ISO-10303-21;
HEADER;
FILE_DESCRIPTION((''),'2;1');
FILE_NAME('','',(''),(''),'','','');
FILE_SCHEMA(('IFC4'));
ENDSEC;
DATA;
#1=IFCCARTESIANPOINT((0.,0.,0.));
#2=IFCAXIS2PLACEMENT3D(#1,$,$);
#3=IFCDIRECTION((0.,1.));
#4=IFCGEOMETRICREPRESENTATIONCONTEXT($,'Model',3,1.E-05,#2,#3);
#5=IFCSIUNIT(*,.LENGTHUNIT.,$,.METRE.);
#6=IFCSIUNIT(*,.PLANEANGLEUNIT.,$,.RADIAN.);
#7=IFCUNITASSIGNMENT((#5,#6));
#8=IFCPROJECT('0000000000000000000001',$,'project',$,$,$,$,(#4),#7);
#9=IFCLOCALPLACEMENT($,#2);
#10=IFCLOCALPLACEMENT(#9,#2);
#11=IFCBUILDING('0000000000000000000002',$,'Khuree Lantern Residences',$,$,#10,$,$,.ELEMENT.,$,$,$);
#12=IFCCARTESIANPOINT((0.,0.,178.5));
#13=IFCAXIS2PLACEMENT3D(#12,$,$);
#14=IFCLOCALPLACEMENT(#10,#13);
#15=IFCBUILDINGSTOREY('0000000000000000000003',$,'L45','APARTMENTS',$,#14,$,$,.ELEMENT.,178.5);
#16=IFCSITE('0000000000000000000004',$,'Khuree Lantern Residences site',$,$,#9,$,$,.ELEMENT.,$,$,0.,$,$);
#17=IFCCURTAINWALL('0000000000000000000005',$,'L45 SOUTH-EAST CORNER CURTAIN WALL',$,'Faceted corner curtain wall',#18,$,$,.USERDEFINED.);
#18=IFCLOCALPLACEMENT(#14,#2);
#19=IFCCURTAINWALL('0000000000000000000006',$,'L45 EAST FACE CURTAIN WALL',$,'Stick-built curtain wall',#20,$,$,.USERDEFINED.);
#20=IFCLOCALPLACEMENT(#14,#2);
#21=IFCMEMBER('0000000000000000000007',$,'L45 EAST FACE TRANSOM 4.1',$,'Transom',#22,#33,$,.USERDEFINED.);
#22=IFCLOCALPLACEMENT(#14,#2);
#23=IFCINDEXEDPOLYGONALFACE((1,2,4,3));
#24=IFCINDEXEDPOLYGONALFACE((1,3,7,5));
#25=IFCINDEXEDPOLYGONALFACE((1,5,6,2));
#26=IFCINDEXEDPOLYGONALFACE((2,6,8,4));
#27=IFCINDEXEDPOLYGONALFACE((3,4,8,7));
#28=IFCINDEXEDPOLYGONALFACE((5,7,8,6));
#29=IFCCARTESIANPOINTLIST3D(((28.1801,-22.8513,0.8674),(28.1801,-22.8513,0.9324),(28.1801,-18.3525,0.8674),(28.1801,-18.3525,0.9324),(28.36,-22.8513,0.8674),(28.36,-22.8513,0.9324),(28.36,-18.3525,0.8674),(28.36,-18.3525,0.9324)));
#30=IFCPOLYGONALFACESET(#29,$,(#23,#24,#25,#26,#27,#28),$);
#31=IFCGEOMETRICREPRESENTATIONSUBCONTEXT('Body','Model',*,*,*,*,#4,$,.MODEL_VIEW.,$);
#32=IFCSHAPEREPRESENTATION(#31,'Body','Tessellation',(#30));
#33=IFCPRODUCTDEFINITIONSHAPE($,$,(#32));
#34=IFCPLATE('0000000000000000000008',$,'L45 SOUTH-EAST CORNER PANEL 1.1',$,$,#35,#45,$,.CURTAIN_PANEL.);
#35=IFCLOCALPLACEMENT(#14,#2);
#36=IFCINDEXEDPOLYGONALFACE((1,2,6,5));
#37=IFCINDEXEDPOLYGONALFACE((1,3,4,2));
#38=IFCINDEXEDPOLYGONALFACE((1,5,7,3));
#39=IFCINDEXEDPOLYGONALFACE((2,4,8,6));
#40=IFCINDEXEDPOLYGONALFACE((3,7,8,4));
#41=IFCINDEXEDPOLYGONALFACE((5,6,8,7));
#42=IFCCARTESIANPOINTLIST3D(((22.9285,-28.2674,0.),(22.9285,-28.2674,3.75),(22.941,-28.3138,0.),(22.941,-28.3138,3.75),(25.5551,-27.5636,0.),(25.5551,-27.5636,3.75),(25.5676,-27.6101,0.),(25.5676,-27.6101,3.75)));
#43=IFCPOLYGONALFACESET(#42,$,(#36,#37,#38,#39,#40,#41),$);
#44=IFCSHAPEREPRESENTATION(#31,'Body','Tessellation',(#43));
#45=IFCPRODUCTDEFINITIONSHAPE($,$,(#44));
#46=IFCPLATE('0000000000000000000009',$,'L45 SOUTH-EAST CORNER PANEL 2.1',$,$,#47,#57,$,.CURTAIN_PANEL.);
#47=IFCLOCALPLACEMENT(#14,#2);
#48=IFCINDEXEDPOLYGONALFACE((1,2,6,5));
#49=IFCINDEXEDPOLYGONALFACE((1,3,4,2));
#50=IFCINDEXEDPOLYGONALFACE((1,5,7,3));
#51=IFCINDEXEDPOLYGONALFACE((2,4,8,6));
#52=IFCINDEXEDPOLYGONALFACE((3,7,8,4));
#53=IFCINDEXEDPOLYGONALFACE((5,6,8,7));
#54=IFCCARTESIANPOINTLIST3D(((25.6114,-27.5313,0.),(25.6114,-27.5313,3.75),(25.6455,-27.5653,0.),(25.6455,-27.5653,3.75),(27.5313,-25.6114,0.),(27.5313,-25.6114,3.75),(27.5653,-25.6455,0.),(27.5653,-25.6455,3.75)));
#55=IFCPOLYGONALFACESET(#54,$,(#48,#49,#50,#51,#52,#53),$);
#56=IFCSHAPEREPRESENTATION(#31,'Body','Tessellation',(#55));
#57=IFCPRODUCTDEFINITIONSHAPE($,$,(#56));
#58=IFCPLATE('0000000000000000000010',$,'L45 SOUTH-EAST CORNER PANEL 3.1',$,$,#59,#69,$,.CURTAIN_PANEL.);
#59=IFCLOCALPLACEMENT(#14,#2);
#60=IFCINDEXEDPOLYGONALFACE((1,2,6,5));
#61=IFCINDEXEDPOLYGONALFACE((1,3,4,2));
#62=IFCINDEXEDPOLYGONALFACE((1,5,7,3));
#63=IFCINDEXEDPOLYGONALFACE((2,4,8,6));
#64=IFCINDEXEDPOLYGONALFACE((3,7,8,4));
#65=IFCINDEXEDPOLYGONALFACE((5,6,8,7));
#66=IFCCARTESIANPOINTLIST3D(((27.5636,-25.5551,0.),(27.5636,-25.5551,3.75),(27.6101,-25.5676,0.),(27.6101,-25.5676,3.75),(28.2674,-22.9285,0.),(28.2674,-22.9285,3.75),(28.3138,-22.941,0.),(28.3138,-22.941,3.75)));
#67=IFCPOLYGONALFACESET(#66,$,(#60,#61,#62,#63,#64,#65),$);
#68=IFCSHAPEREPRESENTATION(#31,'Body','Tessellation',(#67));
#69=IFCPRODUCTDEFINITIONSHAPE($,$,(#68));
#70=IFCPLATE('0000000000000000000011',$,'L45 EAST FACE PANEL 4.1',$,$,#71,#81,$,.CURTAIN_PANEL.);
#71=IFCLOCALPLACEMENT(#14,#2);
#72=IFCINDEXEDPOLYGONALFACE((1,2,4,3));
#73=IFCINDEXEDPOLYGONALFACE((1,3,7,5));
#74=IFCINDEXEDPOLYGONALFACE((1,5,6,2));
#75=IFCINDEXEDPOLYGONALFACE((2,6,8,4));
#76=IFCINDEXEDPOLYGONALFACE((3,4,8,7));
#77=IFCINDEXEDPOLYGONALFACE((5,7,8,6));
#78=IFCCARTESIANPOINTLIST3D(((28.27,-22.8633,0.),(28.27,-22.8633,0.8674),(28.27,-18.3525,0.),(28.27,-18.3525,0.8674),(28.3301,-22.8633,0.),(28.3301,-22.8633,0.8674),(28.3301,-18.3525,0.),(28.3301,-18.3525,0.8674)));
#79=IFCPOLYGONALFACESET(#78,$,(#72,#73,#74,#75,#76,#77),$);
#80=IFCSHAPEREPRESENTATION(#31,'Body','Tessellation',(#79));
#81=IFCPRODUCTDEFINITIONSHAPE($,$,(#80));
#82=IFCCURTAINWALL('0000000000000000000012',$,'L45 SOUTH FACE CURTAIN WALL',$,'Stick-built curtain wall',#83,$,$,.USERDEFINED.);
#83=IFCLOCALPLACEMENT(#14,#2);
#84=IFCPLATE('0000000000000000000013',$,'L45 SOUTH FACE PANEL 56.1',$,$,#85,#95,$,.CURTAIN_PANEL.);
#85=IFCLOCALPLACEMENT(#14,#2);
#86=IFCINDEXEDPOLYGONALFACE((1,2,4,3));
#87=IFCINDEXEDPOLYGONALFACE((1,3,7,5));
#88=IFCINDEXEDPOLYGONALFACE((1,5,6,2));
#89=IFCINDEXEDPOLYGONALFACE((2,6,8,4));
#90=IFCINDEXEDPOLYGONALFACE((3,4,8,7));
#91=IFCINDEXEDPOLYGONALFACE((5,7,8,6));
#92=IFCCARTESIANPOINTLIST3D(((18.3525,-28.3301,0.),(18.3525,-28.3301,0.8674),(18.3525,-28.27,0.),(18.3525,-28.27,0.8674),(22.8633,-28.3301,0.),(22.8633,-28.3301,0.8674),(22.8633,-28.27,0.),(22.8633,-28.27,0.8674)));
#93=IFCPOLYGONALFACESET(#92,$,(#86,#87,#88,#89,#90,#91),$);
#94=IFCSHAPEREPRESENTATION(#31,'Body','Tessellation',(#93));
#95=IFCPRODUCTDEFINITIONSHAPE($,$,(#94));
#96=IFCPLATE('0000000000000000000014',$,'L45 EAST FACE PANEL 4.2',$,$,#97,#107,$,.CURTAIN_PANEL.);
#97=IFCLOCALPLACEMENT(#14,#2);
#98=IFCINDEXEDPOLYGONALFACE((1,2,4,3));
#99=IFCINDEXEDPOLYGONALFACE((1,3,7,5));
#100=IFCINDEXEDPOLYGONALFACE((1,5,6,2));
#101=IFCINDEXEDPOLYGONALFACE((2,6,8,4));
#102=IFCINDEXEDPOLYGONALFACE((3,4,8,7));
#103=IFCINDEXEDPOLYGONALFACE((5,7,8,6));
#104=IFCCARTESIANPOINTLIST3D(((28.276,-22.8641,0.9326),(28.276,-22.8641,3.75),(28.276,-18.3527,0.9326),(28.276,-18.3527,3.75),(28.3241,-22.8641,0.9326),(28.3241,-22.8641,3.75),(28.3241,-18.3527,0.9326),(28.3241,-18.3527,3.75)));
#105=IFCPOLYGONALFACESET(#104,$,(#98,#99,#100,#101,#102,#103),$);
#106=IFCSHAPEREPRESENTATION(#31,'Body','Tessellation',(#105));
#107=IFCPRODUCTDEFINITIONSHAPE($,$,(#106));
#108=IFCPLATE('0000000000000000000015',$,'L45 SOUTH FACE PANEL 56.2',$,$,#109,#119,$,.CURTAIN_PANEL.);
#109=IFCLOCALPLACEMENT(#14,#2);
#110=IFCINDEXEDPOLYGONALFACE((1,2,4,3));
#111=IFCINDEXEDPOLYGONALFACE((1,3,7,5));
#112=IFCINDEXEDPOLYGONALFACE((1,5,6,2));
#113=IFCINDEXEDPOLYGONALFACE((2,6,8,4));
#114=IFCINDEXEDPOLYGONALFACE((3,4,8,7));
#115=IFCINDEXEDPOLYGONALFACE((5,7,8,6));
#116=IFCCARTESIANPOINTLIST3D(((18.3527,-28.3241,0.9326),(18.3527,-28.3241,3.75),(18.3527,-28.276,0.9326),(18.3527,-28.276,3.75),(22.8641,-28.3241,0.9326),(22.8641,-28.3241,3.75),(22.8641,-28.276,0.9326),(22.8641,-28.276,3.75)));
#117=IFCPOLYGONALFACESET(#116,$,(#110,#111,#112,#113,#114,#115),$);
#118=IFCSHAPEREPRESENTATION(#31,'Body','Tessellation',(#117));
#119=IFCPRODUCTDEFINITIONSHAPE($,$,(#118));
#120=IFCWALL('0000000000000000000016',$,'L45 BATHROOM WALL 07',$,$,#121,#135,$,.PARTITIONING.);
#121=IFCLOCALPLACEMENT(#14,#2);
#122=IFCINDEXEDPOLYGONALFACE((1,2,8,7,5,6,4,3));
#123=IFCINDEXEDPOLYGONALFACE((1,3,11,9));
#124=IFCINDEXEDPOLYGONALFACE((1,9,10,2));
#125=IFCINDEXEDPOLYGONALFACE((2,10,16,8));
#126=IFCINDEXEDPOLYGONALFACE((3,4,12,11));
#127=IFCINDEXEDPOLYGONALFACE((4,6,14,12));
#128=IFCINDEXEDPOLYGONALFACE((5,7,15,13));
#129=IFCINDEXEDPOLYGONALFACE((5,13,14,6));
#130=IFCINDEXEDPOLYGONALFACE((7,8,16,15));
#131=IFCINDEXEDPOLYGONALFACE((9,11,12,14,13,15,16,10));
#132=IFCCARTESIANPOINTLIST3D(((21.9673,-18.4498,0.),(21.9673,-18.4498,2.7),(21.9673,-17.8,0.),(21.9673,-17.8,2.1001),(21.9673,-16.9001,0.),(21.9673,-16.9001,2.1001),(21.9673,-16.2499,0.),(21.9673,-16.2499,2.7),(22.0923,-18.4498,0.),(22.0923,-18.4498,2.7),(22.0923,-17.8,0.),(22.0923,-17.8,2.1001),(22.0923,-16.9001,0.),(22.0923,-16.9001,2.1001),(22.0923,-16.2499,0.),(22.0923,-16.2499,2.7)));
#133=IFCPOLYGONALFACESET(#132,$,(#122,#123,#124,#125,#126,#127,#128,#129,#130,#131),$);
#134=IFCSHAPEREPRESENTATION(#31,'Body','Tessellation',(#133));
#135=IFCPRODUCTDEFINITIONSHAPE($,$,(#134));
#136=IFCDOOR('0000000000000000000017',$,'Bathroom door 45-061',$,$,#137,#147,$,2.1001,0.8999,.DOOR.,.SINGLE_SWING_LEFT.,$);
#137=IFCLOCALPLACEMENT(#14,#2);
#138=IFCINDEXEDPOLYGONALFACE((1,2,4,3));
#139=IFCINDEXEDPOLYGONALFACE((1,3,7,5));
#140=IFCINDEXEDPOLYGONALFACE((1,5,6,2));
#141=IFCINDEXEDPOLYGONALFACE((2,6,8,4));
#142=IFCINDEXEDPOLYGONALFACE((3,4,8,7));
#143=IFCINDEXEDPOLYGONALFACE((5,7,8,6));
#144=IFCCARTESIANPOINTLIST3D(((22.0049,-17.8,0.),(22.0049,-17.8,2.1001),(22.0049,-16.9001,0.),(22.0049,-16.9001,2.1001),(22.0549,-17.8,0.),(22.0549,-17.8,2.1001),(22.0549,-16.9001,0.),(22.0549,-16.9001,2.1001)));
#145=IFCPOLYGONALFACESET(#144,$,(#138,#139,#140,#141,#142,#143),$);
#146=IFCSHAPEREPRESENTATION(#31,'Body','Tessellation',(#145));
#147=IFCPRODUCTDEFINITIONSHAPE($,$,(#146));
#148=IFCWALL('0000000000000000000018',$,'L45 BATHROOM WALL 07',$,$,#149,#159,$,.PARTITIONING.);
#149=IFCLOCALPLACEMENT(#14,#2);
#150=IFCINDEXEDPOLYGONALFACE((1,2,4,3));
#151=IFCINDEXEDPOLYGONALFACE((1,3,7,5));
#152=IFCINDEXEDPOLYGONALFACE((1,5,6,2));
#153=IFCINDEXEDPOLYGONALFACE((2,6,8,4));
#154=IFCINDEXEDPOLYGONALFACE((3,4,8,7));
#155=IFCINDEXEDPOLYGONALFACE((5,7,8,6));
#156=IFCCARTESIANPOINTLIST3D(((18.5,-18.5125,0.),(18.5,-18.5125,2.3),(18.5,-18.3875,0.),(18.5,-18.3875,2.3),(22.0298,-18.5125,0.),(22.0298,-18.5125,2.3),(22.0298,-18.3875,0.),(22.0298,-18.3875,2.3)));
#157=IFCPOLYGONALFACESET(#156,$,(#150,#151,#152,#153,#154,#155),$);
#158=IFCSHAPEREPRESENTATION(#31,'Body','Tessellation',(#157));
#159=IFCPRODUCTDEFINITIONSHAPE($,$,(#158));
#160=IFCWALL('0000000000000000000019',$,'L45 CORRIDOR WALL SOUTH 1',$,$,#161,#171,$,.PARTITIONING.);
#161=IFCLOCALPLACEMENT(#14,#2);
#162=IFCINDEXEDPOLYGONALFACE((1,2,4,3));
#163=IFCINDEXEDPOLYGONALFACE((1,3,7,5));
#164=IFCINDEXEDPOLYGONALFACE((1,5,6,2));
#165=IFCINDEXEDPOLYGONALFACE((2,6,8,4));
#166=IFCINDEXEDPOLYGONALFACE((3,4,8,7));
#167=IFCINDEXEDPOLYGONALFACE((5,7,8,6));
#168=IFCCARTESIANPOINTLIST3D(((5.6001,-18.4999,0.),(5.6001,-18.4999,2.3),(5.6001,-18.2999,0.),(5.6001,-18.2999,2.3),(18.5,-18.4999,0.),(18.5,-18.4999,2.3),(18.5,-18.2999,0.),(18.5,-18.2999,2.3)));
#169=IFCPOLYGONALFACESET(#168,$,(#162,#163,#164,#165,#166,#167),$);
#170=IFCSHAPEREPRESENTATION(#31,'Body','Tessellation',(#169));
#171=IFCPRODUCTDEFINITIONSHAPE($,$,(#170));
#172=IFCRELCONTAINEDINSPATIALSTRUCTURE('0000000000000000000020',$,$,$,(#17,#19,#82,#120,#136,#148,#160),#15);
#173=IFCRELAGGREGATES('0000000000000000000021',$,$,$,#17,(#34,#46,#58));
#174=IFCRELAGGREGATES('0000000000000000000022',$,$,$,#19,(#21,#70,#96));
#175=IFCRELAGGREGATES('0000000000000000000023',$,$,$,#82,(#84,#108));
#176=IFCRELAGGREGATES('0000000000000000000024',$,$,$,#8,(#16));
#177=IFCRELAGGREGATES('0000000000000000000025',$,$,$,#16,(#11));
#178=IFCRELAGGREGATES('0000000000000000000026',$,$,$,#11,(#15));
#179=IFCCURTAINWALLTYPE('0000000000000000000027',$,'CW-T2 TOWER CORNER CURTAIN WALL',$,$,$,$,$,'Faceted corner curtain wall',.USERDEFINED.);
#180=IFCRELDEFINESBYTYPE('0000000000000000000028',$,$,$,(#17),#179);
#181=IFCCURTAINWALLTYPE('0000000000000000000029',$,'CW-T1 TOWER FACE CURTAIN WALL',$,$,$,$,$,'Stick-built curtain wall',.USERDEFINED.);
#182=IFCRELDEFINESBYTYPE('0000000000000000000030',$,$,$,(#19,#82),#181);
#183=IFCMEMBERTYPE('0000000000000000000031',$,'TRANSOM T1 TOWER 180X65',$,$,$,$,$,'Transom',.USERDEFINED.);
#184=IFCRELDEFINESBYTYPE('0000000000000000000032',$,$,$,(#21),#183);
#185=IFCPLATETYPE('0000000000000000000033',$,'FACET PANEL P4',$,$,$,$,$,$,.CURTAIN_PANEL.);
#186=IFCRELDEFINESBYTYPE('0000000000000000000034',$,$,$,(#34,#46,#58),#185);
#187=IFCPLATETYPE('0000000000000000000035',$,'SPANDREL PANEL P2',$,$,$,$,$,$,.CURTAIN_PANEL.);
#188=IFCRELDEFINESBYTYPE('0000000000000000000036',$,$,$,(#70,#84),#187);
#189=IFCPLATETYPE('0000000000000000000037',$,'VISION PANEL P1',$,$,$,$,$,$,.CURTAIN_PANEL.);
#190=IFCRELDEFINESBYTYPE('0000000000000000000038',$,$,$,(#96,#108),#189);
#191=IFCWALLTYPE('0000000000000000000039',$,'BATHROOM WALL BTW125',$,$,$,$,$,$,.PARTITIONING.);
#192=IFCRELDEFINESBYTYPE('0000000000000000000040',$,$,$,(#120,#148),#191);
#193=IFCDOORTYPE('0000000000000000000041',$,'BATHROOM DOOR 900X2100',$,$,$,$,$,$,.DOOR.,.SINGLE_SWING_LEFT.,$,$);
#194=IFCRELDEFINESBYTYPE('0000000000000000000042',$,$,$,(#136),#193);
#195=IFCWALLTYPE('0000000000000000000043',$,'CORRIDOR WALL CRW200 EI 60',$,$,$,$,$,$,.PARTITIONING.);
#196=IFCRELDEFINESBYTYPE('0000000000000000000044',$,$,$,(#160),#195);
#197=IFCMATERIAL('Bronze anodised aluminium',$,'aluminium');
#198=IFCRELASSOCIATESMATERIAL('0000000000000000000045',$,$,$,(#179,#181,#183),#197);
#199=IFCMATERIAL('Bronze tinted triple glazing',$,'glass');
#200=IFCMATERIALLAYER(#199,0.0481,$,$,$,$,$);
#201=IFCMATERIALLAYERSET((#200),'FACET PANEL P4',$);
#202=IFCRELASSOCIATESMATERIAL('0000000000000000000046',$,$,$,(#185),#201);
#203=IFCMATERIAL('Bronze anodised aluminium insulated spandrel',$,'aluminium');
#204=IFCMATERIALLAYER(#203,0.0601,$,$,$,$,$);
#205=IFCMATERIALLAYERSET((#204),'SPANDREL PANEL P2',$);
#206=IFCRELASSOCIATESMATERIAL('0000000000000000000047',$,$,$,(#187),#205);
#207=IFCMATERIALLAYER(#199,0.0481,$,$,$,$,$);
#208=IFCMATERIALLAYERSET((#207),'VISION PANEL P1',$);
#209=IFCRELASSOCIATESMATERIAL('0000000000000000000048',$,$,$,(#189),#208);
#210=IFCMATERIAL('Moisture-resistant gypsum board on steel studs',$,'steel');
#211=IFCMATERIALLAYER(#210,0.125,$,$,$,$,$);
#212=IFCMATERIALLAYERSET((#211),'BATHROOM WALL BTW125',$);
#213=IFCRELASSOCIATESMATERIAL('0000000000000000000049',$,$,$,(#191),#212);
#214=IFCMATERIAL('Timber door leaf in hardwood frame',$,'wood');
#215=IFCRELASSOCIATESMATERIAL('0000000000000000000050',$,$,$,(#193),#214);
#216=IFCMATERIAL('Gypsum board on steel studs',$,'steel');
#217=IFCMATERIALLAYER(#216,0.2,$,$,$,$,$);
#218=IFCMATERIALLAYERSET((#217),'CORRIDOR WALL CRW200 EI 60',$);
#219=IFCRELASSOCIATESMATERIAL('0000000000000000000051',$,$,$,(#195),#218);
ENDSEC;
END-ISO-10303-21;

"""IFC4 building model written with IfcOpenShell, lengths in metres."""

from ifc_helpers import new_model, si_unit, direction, frame, frame_2d, origin, origin_2d, place, context, subcontext, project, spatial, rectangle, extrude, material, layer, layer_set, material_profile, profile_set, type_object, element, fill, aggregate, save


model = new_model("IFC4")

# Units and contexts
model_context = context("Model", 3, precision=1e-05, world=origin(), true_north=direction((0.0, 1.0)))
body_context = subcontext(model_context, "Body", "Model", "MODEL_VIEW")
ifc_project = project(units=[si_unit("LENGTHUNIT", "METRE"), si_unit("PLANEANGLEUNIT", "RADIAN")], contexts=[model_context])

# Site, building, storey
site_placement = place(None, origin())
site = spatial("IfcSite", under=ifc_project, at=site_placement, Name="Khuree Lantern Residences site", CompositionType="ELEMENT", RefElevation=0.0)
building_placement = place(site_placement, origin())
building = spatial("IfcBuilding", under=site, at=building_placement, Name="Khuree Lantern Residences", CompositionType="ELEMENT")
storey_placement = place(building_placement, frame((0.0, 0.0, 178.5)))
storey = spatial("IfcBuildingStorey", under=building, at=storey_placement, Name="L45", Description="APARTMENTS", CompositionType="ELEMENT", Elevation=178.5)

# Curtain walls
ifc_material_1 = material(Name="Bronze anodised aluminium", Category="aluminium")
curtain_wall_type_1 = type_object("IfcCurtainWallType", Name="CW-T2 TOWER CORNER CURTAIN WALL", ElementType="Faceted corner curtain wall", PredefinedType="USERDEFINED", material=ifc_material_1)
curtain_wall_1_placement = place(storey_placement, origin())
curtain_wall_1 = element("IfcCurtainWall", 1, at=curtain_wall_1_placement, inside=storey, type_object=curtain_wall_type_1, Name="L45 SOUTH-EAST CORNER CURTAIN WALL", ObjectType="Faceted corner curtain wall", PredefinedType="USERDEFINED")
curtain_wall_type_2 = type_object("IfcCurtainWallType", Name="CW-T1 TOWER FACE CURTAIN WALL", ElementType="Stick-built curtain wall", PredefinedType="USERDEFINED", material=ifc_material_1)
curtain_wall_2_placement = place(storey_placement, origin())
curtain_wall_2 = element("IfcCurtainWall", 2, at=curtain_wall_2_placement, inside=storey, type_object=curtain_wall_type_2, Name="L45 EAST FACE CURTAIN WALL", ObjectType="Stick-built curtain wall", PredefinedType="USERDEFINED")

# Member
ifc_material_profile_1 = material_profile(ifc_material_1, rectangle(XDim=0.1799, YDim=0.0649, at=origin_2d()), Name="T1 180X65")
ifc_profile_set_1 = profile_set([ifc_material_profile_1], Name="Bronze anodised aluminium")
member_type_1 = type_object("IfcMemberType", Name="TRANSOM T1 TOWER 180X65", ElementType="Transom", PredefinedType="USERDEFINED", material=ifc_profile_set_1)
member_1_placement = place(storey_placement, frame((28.27, -22.8513, 0.8999), z_axis=(0.0, 1.0, 0.0), x_axis=(-1.0, 0.0, 0.0)))
member_1 = element("IfcMember", 3, at=member_1_placement, type_object=member_type_1, Name="L45 EAST FACE TRANSOM 4.1", ObjectType="Transom", PredefinedType="USERDEFINED", context=body_context, shape_type="SweptSolid", body=[
    extrude(rectangle(XDim=0.1799, YDim=0.0649, at=origin_2d()), origin(), (0.0, 0.0, 1.0), 4.4988),
])

# Plates
ifc_material_2 = material(Name="Bronze tinted triple glazing", Category="glass")
ifc_layer_1 = layer(ifc_material_2, 0.0481)
ifc_layer_set_1 = layer_set([ifc_layer_1], Name="FACET PANEL P4")
plate_type_1 = type_object("IfcPlateType", Name="FACET PANEL P4", PredefinedType="CURTAIN_PANEL", material=ifc_layer_set_1)
plate_1_placement = place(storey_placement, frame((24.248, -27.9387, 0.0), z_axis=(0.0, 0.0, 1.0), x_axis=(0.965926, 0.258819, 0.0)))
plate_1 = element("IfcPlate", 4, at=plate_1_placement, type_object=plate_type_1, Name="L45 SOUTH-EAST CORNER PANEL 1.1", PredefinedType="CURTAIN_PANEL", context=body_context, shape_type="SweptSolid", body=[
    extrude(rectangle(XDim=2.7192, YDim=0.0481, at=origin_2d()), origin(), (0.0, 0.0, 1.0), 3.75),
])
plate_2_placement = place(storey_placement, frame((26.5884, -26.5884, 0.0), z_axis=(0.0, 0.0, 1.0), x_axis=(0.707107, 0.707107, 0.0)))
plate_2 = element("IfcPlate", 5, at=plate_2_placement, type_object=plate_type_1, Name="L45 SOUTH-EAST CORNER PANEL 2.1", PredefinedType="CURTAIN_PANEL", context=body_context, shape_type="SweptSolid", body=[
    extrude(rectangle(XDim=2.7151, YDim=0.0481, at=origin_2d()), origin(), (0.0, 0.0, 1.0), 3.75),
])
plate_3_placement = place(storey_placement, frame((27.9387, -24.248, 0.0), z_axis=(0.0, 0.0, 1.0), x_axis=(0.258819, 0.965926, 0.0)))
plate_3 = element("IfcPlate", 6, at=plate_3_placement, type_object=plate_type_1, Name="L45 SOUTH-EAST CORNER PANEL 3.1", PredefinedType="CURTAIN_PANEL", context=body_context, shape_type="SweptSolid", body=[
    extrude(rectangle(XDim=2.7192, YDim=0.0481, at=origin_2d()), origin(), (0.0, 0.0, 1.0), 3.75),
])
aggregate(curtain_wall_1, [plate_1, plate_2, plate_3])
ifc_material_3 = material(Name="Bronze anodised aluminium insulated spandrel", Category="aluminium")
ifc_layer_2 = layer(ifc_material_3, 0.0601)
ifc_layer_set_2 = layer_set([ifc_layer_2], Name="SPANDREL PANEL P2")
plate_type_2 = type_object("IfcPlateType", Name="SPANDREL PANEL P2", PredefinedType="CURTAIN_PANEL", material=ifc_layer_set_2)
plate_4_placement = place(storey_placement, frame((28.3, -20.6079, 0.0), z_axis=(0.0, 0.0, 1.0), x_axis=(0.0, 1.0, 0.0)))
plate_4 = element("IfcPlate", 7, at=plate_4_placement, type_object=plate_type_2, Name="L45 EAST FACE PANEL 4.1", PredefinedType="CURTAIN_PANEL", context=body_context, shape_type="SweptSolid", body=[
    extrude(rectangle(XDim=4.5107, YDim=0.0601, at=origin_2d()), origin(), (0.0, 0.0, 1.0), 0.8674),
])

# Curtain wall, plate
curtain_wall_3_placement = place(storey_placement, origin())
curtain_wall_3 = element("IfcCurtainWall", 8, at=curtain_wall_3_placement, inside=storey, type_object=curtain_wall_type_2, Name="L45 SOUTH FACE CURTAIN WALL", ObjectType="Stick-built curtain wall", PredefinedType="USERDEFINED")
plate_5_placement = place(storey_placement, frame((20.6079, -28.3, 0.0), z_axis=(0.0, 0.0, 1.0), x_axis=(1.0, 0.0, 0.0)))
plate_5 = element("IfcPlate", 9, at=plate_5_placement, type_object=plate_type_2, Name="L45 SOUTH FACE PANEL 56.1", PredefinedType="CURTAIN_PANEL", context=body_context, shape_type="SweptSolid", body=[
    extrude(rectangle(XDim=4.5107, YDim=0.0601, at=origin_2d()), origin(), (0.0, 0.0, 1.0), 0.8674),
])

# Plates
ifc_layer_3 = layer(ifc_material_2, 0.0481)
ifc_layer_set_3 = layer_set([ifc_layer_3], Name="VISION PANEL P1")
plate_type_3 = type_object("IfcPlateType", Name="VISION PANEL P1", PredefinedType="CURTAIN_PANEL", material=ifc_layer_set_3)
plate_6_placement = place(storey_placement, frame((28.3, -20.6084, 0.9326), z_axis=(0.0, 0.0, 1.0), x_axis=(0.0, 1.0, 0.0)))
plate_6 = element("IfcPlate", 10, at=plate_6_placement, type_object=plate_type_3, Name="L45 EAST FACE PANEL 4.2", PredefinedType="CURTAIN_PANEL", context=body_context, shape_type="SweptSolid", body=[
    extrude(rectangle(XDim=4.5115, YDim=0.0481, at=origin_2d()), origin(), (0.0, 0.0, 1.0), 2.8174),
])
aggregate(curtain_wall_2, [member_1, plate_4, plate_6])
plate_7_placement = place(storey_placement, frame((20.6084, -28.3, 0.9326), z_axis=(0.0, 0.0, 1.0), x_axis=(1.0, 0.0, 0.0)))
plate_7 = element("IfcPlate", 11, at=plate_7_placement, type_object=plate_type_3, Name="L45 SOUTH FACE PANEL 56.2", PredefinedType="CURTAIN_PANEL", context=body_context, shape_type="SweptSolid", body=[
    extrude(rectangle(XDim=4.5115, YDim=0.0481, at=origin_2d()), origin(), (0.0, 0.0, 1.0), 2.8174),
])
aggregate(curtain_wall_3, [plate_5, plate_7])

# Wall, opening, door
ifc_material_4 = material(Name="Moisture-resistant gypsum board on steel studs", Category="steel")
ifc_layer_4 = layer(ifc_material_4, 0.125)
ifc_layer_set_4 = layer_set([ifc_layer_4], Name="BATHROOM WALL BTW125")
wall_type_1 = type_object("IfcWallType", Name="BATHROOM WALL BTW125", PredefinedType="PARTITIONING", material=ifc_layer_set_4)
wall_1_placement = place(storey_placement, frame((22.0298, -18.45, 0.0), z_axis=(0.0, 0.0, 1.0), x_axis=(0.0, 1.0, 0.0)))
wall_1 = element("IfcWall", 12, at=wall_1_placement, inside=storey, type_object=wall_type_1, Name="L45 BATHROOM WALL 07", PredefinedType="PARTITIONING", context=body_context, shape_type="SweptSolid", body=[
    extrude(rectangle(XDim=2.2, YDim=0.125, at=frame_2d((1.1001, 0.0))), origin(), (0.0, 0.0, 1.0), 2.7),
])
opening_placement = place(wall_1_placement, frame((0.6499, 0.0, 0.0)))
opening = element("IfcOpeningElement", 13, at=opening_placement, cuts=wall_1, PredefinedType="OPENING", context=body_context, shape_type="SweptSolid", body=[
    extrude(rectangle(XDim=0.8999, YDim=2.1001, at=frame_2d((0.45, 1.05))), frame((0.0, 0.0725, 0.0), z_axis=(0.0, -1.0, 0.0), x_axis=(1.0, 0.0, 0.0)), (0.0, 0.0, 1.0), 0.145),
])
ifc_material_5 = material(Name="Timber door leaf in hardwood frame", Category="wood")
door_type = type_object("IfcDoorType", Name="BATHROOM DOOR 900X2100", OperationType="SINGLE_SWING_LEFT", PredefinedType="DOOR", material=ifc_material_5)
door_placement = place(opening_placement, origin())
door = element("IfcDoor", 14, at=door_placement, inside=storey, type_object=door_type, Name="Bathroom door 45-061", OperationType="SINGLE_SWING_LEFT", OverallHeight=2.1001, OverallWidth=0.8999, PredefinedType="DOOR", context=body_context, shape_type="SweptSolid", body=[
    extrude(rectangle(XDim=0.8999, YDim=2.1001, at=frame_2d((0.45, 1.05))), frame((0.0, 0.0249, 0.0), z_axis=(0.0, -1.0, 0.0), x_axis=(1.0, 0.0, 0.0)), (0.0, 0.0, 1.0), 0.05),
])
fill(opening, door)

# Walls
wall_2_placement = place(storey_placement, frame((18.5, -18.45, 0.0), z_axis=(0.0, 0.0, 1.0), x_axis=(1.0, 0.0, 0.0)))
element("IfcWall", 15, at=wall_2_placement, inside=storey, type_object=wall_type_1, Name="L45 BATHROOM WALL 07", PredefinedType="PARTITIONING", context=body_context, shape_type="SweptSolid", body=[
    extrude(rectangle(XDim=3.5298, YDim=0.125, at=frame_2d((1.7649, 0.0))), origin(), (0.0, 0.0, 1.0), 2.3),
])
ifc_material_6 = material(Name="Gypsum board on steel studs", Category="steel")
ifc_layer_5 = layer(ifc_material_6, 0.2)
ifc_layer_set_5 = layer_set([ifc_layer_5], Name="CORRIDOR WALL CRW200 EI 60")
wall_type_2 = type_object("IfcWallType", Name="CORRIDOR WALL CRW200 EI 60", PredefinedType="PARTITIONING", material=ifc_layer_set_5)
wall_3_placement = place(storey_placement, frame((18.5, -18.3999, 0.0), z_axis=(0.0, 0.0, 1.0), x_axis=(-1.0, 0.0, 0.0)))
element("IfcWall", 16, at=wall_3_placement, inside=storey, type_object=wall_type_2, Name="L45 CORRIDOR WALL SOUTH 1", PredefinedType="PARTITIONING", context=body_context, shape_type="SweptSolid", body=[
    extrude(rectangle(XDim=12.8999, YDim=0.2, at=frame_2d((6.45, 0.0))), origin(), (0.0, 0.0, 1.0), 2.3),
])

save(model, "model.ifc")
